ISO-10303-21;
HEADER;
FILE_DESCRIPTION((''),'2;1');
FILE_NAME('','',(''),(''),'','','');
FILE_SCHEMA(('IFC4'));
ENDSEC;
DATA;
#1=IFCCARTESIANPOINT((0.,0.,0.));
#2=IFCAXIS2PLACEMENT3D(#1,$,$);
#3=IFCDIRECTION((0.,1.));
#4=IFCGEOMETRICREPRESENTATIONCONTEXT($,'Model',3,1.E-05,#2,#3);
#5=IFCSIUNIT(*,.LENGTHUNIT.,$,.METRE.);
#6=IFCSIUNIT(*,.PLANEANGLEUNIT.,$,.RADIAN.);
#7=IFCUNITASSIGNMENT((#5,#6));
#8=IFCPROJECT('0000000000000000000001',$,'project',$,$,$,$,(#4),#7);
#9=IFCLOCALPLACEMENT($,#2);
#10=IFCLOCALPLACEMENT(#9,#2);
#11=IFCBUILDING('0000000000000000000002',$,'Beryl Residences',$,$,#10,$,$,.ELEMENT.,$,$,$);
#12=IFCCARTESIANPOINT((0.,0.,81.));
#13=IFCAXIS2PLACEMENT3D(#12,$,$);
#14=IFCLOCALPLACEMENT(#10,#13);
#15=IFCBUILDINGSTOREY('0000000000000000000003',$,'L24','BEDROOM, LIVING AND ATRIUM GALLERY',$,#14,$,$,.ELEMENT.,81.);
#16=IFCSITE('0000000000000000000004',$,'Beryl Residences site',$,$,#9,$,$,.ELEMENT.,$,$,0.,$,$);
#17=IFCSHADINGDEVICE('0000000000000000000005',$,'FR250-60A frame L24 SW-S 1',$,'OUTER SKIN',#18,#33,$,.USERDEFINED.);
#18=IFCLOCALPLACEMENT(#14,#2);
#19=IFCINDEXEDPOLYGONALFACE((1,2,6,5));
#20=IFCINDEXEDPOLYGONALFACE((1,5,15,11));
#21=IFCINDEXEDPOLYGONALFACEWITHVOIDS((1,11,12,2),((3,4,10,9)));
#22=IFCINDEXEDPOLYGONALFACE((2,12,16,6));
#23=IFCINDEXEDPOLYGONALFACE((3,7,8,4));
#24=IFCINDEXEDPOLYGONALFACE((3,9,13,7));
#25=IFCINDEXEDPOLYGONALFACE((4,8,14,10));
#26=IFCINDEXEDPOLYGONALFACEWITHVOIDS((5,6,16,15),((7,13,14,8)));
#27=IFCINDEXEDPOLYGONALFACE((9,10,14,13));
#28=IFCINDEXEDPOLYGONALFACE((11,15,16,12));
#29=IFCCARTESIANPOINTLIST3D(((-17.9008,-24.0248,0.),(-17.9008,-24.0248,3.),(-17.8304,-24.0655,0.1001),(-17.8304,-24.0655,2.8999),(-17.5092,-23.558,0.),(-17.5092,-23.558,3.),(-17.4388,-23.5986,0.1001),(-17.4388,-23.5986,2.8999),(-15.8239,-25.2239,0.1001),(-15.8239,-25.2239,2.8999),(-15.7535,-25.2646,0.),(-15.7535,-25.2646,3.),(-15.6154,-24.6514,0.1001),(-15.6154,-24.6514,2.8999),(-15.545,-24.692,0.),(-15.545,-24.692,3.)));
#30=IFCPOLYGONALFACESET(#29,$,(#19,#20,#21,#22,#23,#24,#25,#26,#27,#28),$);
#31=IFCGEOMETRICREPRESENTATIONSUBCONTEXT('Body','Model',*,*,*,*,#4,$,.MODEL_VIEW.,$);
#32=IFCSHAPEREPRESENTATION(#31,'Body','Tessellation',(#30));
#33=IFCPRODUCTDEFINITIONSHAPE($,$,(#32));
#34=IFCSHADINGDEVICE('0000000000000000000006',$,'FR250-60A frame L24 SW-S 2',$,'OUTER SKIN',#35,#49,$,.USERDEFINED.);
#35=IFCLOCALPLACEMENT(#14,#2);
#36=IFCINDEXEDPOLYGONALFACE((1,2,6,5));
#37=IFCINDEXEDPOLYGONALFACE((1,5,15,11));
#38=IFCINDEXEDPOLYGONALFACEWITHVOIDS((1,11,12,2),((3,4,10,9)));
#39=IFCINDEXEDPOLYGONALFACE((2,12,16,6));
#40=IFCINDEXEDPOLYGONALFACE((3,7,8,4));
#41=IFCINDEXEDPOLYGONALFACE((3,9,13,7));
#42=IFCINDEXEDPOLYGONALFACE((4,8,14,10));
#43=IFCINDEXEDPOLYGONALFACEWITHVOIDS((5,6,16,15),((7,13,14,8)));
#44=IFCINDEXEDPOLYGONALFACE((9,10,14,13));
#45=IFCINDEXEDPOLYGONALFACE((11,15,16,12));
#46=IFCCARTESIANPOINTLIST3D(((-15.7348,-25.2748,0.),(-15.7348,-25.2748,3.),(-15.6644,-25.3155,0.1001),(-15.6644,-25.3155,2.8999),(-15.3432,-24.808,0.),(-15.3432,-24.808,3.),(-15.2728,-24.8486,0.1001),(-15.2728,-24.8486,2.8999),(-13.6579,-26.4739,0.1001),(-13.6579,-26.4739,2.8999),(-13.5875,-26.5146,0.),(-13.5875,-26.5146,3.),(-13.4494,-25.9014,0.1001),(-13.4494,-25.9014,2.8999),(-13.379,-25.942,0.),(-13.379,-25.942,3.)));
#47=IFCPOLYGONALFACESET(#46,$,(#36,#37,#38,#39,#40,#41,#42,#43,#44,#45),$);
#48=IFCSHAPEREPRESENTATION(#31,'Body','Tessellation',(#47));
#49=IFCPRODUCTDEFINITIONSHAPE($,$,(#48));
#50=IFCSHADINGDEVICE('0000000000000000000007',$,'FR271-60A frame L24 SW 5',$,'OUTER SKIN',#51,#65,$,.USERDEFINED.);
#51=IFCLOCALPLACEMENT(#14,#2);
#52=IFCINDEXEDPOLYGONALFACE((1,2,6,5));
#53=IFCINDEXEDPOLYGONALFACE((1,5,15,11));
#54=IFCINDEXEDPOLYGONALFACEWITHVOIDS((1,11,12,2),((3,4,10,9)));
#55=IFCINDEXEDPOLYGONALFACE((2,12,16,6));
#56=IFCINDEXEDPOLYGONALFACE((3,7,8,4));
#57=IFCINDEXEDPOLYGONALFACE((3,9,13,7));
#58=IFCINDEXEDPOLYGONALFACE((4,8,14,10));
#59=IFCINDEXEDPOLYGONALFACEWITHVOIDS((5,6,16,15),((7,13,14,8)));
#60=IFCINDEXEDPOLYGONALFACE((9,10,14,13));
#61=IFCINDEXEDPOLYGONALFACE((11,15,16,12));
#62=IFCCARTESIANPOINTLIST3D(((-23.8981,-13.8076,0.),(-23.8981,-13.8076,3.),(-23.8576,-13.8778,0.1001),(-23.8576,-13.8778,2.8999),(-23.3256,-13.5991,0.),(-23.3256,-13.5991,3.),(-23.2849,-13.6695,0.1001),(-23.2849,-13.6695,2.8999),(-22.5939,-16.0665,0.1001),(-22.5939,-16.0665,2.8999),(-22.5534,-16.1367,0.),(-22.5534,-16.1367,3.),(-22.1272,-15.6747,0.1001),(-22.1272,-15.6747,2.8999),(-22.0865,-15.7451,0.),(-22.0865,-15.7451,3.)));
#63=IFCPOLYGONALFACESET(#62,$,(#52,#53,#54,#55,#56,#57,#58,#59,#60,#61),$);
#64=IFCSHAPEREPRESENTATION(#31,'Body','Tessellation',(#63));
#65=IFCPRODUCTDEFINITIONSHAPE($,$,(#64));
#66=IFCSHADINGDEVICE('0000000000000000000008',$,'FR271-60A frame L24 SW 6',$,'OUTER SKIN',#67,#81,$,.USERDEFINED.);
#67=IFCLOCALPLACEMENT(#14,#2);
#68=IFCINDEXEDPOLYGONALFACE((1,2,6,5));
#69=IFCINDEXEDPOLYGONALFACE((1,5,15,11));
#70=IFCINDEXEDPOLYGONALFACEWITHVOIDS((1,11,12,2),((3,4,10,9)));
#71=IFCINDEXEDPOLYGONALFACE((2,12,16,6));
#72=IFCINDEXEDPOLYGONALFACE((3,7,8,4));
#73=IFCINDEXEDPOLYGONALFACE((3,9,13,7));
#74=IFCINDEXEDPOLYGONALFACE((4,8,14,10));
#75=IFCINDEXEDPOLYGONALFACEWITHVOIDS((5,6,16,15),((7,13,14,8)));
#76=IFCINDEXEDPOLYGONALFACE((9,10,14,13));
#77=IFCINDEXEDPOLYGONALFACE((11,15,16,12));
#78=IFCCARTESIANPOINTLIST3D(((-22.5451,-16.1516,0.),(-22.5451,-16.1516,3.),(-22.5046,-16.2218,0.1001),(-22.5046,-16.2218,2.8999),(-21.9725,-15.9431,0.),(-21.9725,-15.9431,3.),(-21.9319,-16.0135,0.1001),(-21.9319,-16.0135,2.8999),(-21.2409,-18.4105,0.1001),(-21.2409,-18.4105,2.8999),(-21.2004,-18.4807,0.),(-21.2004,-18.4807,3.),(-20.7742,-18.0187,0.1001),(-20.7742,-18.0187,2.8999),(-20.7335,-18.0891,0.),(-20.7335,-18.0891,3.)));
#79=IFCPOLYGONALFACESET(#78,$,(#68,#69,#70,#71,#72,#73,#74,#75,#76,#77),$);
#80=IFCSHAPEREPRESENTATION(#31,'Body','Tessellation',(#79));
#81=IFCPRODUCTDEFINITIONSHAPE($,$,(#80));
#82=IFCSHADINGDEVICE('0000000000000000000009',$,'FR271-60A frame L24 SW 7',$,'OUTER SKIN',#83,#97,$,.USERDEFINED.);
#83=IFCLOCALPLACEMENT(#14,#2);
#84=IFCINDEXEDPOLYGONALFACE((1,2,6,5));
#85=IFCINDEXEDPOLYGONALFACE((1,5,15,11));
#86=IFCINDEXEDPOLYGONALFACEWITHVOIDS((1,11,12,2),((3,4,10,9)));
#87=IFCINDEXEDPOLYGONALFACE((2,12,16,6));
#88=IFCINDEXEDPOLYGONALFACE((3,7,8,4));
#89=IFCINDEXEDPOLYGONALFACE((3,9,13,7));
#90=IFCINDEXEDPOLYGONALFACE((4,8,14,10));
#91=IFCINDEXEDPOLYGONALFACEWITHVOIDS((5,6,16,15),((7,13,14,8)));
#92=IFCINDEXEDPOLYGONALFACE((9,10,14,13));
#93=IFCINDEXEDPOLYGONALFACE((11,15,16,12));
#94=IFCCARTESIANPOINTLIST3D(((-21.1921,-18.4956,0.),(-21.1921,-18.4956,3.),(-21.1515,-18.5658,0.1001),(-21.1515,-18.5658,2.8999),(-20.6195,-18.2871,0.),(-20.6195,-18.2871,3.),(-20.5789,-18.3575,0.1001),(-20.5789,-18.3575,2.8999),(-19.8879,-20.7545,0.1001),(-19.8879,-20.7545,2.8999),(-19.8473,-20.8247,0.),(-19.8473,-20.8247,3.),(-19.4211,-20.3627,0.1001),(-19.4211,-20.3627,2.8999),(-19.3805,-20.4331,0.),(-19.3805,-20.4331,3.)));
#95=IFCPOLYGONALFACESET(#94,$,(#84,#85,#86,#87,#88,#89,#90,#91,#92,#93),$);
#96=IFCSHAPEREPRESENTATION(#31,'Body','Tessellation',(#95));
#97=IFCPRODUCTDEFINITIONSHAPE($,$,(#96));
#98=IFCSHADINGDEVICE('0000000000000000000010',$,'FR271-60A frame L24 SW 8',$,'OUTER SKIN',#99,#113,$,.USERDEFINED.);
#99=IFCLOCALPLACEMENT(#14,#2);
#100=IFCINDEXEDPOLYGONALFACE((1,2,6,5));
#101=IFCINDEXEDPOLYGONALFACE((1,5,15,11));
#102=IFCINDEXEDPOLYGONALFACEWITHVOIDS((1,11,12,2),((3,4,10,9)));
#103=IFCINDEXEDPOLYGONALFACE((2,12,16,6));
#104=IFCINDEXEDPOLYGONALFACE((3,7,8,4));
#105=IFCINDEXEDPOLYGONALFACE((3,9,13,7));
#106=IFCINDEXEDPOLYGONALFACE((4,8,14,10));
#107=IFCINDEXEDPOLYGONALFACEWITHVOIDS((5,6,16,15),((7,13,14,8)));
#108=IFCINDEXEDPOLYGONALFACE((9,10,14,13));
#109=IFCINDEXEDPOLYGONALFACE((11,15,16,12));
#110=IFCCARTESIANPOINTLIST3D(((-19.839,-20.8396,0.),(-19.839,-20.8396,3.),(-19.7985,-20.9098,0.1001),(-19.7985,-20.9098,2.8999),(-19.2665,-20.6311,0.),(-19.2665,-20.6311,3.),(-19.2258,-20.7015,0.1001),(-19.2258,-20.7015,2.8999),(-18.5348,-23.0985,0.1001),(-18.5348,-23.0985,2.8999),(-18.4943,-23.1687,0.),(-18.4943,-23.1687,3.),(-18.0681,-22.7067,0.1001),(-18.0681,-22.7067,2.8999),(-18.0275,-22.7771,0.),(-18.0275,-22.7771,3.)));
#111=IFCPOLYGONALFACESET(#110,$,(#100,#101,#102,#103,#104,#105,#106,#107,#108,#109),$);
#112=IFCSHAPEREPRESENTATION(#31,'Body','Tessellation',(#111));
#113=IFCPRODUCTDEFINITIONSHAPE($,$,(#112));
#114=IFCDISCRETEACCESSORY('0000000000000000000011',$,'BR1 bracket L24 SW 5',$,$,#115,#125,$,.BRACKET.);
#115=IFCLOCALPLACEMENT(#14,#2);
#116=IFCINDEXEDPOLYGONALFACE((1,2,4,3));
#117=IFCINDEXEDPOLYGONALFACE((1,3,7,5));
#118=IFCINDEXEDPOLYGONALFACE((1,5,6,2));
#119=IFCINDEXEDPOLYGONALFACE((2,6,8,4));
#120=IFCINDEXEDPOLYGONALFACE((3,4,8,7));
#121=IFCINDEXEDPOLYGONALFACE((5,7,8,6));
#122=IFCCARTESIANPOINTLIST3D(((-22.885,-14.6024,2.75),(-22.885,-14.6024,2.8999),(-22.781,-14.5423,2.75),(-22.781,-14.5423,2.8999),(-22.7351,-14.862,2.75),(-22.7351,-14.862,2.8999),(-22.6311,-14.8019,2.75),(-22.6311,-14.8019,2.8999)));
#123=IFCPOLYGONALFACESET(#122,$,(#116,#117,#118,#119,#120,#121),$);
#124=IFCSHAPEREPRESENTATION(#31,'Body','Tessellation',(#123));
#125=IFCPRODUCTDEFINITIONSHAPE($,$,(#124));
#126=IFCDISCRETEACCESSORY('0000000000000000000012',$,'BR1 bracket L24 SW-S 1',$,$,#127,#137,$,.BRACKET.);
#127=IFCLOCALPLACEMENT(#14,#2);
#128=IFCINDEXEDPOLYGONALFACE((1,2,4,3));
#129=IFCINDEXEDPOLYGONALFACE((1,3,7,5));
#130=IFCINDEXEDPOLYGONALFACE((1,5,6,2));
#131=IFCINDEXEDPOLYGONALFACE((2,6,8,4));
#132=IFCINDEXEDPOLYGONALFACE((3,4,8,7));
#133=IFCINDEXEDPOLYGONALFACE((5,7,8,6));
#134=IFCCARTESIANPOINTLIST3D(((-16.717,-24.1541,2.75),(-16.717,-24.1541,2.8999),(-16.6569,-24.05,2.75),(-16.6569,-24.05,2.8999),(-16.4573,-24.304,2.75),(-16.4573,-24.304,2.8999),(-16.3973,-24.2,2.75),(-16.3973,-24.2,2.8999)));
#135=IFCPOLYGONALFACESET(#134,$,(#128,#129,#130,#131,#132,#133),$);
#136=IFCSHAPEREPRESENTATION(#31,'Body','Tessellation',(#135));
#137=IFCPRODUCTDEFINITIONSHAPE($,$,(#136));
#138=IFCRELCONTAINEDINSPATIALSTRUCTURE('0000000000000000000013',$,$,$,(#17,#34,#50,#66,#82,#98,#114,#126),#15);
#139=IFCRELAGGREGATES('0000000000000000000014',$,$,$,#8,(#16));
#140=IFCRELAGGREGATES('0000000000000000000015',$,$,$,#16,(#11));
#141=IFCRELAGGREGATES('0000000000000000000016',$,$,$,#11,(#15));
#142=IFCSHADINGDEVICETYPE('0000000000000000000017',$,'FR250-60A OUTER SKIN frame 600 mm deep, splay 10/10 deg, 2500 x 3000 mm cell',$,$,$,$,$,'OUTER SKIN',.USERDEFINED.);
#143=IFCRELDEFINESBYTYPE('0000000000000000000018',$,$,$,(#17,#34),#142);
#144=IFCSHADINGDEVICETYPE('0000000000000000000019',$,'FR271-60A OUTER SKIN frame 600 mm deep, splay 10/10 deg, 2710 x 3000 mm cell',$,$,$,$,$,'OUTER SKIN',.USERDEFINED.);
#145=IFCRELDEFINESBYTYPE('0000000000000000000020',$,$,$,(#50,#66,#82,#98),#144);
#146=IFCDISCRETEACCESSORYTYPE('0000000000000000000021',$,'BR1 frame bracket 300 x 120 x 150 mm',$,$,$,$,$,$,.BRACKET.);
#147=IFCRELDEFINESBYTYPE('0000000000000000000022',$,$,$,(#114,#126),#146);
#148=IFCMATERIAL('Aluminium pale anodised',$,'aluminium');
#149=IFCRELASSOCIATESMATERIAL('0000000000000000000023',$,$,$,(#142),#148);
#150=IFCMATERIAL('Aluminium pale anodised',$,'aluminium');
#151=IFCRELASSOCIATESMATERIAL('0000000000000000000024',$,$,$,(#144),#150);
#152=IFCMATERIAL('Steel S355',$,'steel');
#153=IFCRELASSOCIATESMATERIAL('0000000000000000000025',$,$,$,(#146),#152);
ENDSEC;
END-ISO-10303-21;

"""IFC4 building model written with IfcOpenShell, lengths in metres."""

from ifc_helpers import new_model, entity, si_unit, direction, frame, origin, place, context, subcontext, project, spatial, polyline, outline, extrude, source, transform, mapped, material, type_object, type_shapes, element, save


model = new_model("IFC4")

# Units and contexts
model_context = context("Model", 3, precision=1e-05, world=origin(), true_north=direction((0.0, 1.0)))
body_context = subcontext(model_context, "Body", "Model", "MODEL_VIEW")
ifc_project = project(units=[si_unit("LENGTHUNIT", "METRE"), si_unit("PLANEANGLEUNIT", "RADIAN")], contexts=[model_context])

# Site, building, storey
site_placement = place(None, origin())
site = spatial("IfcSite", under=ifc_project, at=site_placement, Name="Beryl Residences site", CompositionType="ELEMENT", RefElevation=0.0)
building_placement = place(site_placement, origin())
building = spatial("IfcBuilding", under=site, at=building_placement, Name="Beryl Residences", CompositionType="ELEMENT")
storey_placement = place(building_placement, frame((0.0, 0.0, 81.0)))
storey = spatial("IfcBuildingStorey", under=building, at=storey_placement, Name="L24", Description="BEDROOM, LIVING AND ATRIUM GALLERY", CompositionType="ELEMENT", Elevation=81.0)

# Shading devices
ifc_material_1 = material(Name="Aluminium pale anodised", Category="aluminium")
shading_device_type_1 = type_object("IfcShadingDeviceType", Name="FR250-60A OUTER SKIN frame 600 mm deep, splay 10/10 deg, 2500 x 3000 mm cell", ElementType="OUTER SKIN", PredefinedType="USERDEFINED", material=ifc_material_1)
cartesian_point_1 = entity("IfcCartesianPoint", [-1.134, 0.0])
cartesian_point_2 = entity("IfcCartesianPoint", [-1.0527, 0.1001])
cartesian_point_3 = entity("IfcCartesianPoint", [-1.2397, 0.0])
cartesian_point_4 = entity("IfcCartesianPoint", [-1.1584, 0.1001])
shared_shape_1 = source(origin(), body_context, "Body", "SweptSolid", [
    entity("IfcExtrudedAreaSolidTapered", entity("IfcArbitraryProfileDefWithVoids", "AREA", None, entity("IfcPolyline", [cartesian_point_1, entity("IfcCartesianPoint", [1.134, 0.0]), entity("IfcCartesianPoint", [1.134, 3.0]), entity("IfcCartesianPoint", [-1.134, 3.0]), cartesian_point_1]), [entity("IfcPolyline", [cartesian_point_2, entity("IfcCartesianPoint", [1.0527, 0.1001]), entity("IfcCartesianPoint", [1.0527, 2.8999]), entity("IfcCartesianPoint", [-1.0527, 2.8999]), cartesian_point_2])]), entity("IfcAxis2Placement3D", entity("IfcCartesianPoint", [0.0, 0.0, 0.0]), entity("IfcDirection", [0.0, 1.0, 0.0]), entity("IfcDirection", [-1.0, 0.0, 0.0])), entity("IfcDirection", [0.0, 0.0, 1.0]), 0.6001, entity("IfcArbitraryProfileDefWithVoids", "AREA", None, entity("IfcPolyline", [cartesian_point_3, entity("IfcCartesianPoint", [1.2397, 0.0]), entity("IfcCartesianPoint", [1.2397, 3.0]), entity("IfcCartesianPoint", [-1.2397, 3.0]), cartesian_point_3]), [entity("IfcPolyline", [cartesian_point_4, entity("IfcCartesianPoint", [1.1584, 0.1001]), entity("IfcCartesianPoint", [1.1584, 2.8999]), entity("IfcCartesianPoint", [-1.1584, 2.8999]), cartesian_point_4])])),
])
type_shapes(shading_device_type_1, [shared_shape_1])
for number, where, z_axis, x_axis, name in (
    (1, (-16.5271, -24.125, 0.0), (0.0, 0.0, 1.0), (-0.866025, 0.5, 0.0), "FR250-60A frame L24 SW-S 1"),
    (2, (-14.3611, -25.375, 0.0), (0.0, 0.0, 1.0), (-0.866025, 0.5, 0.0), "FR250-60A frame L24 SW-S 2"),
):
    element("IfcShadingDevice", number, at=place(storey_placement, frame(where, z_axis=z_axis, x_axis=x_axis)), inside=storey, type_object=shading_device_type_1, Name=name, ObjectType="OUTER SKIN", PredefinedType="USERDEFINED", context=body_context, shape_type="MappedRepresentation", body=[
        mapped(shared_shape_1, transform((0.0, 0.0, 0.0))),
    ])
ifc_material_2 = material(Name="Aluminium pale anodised", Category="aluminium")
shading_device_type_2 = type_object("IfcShadingDeviceType", Name="FR271-60A OUTER SKIN frame 600 mm deep, splay 10/10 deg, 2710 x 3000 mm cell", ElementType="OUTER SKIN", PredefinedType="USERDEFINED", material=ifc_material_2)
cartesian_point_5 = entity("IfcCartesianPoint", [-1.239, 0.0])
cartesian_point_6 = entity("IfcCartesianPoint", [-1.1577, 0.1001])
cartesian_point_7 = entity("IfcCartesianPoint", [-1.3447, 0.0])
cartesian_point_8 = entity("IfcCartesianPoint", [-1.2637, 0.1001])
shared_shape_2 = source(origin(), body_context, "Body", "SweptSolid", [
    entity("IfcExtrudedAreaSolidTapered", entity("IfcArbitraryProfileDefWithVoids", "AREA", None, entity("IfcPolyline", [cartesian_point_5, entity("IfcCartesianPoint", [1.239, 0.0]), entity("IfcCartesianPoint", [1.239, 3.0]), entity("IfcCartesianPoint", [-1.239, 3.0]), cartesian_point_5]), [entity("IfcPolyline", [cartesian_point_6, entity("IfcCartesianPoint", [1.1577, 0.1001]), entity("IfcCartesianPoint", [1.1577, 2.8999]), entity("IfcCartesianPoint", [-1.1577, 2.8999]), cartesian_point_6])]), entity("IfcAxis2Placement3D", entity("IfcCartesianPoint", [0.0, 0.0, 0.0]), entity("IfcDirection", [0.0, 1.0, 0.0]), entity("IfcDirection", [-1.0, 0.0, 0.0])), entity("IfcDirection", [0.0, 0.0, 1.0]), 0.6001, entity("IfcArbitraryProfileDefWithVoids", "AREA", None, entity("IfcPolyline", [cartesian_point_7, entity("IfcCartesianPoint", [1.3447, 0.0]), entity("IfcCartesianPoint", [1.3447, 3.0]), entity("IfcCartesianPoint", [-1.3447, 3.0]), cartesian_point_7]), [entity("IfcPolyline", [cartesian_point_8, entity("IfcCartesianPoint", [1.2637, 0.1001]), entity("IfcCartesianPoint", [1.2637, 2.8999]), entity("IfcCartesianPoint", [-1.2637, 2.8999]), cartesian_point_8])])),
])
type_shapes(shading_device_type_2, [shared_shape_2])
for number, where, z_axis, x_axis, name in (
    (3, (-22.7061, -14.6721, 0.0), (0.0, 0.0, 1.0), (-0.5, 0.866025, 0.0), "FR271-60A frame L24 SW 5"),
    (4, (-21.353, -17.0161, 0.0), (0.0, 0.0, 1.0), (-0.5, 0.866025, 0.0), "FR271-60A frame L24 SW 6"),
    (5, (-20.0, -19.3601, 0.0), (0.0, 0.0, 1.0), (-0.5, 0.866025, 0.0), "FR271-60A frame L24 SW 7"),
    (6, (-18.647, -21.7041, 0.0), (0.0, 0.0, 1.0), (-0.5, 0.866025, 0.0), "FR271-60A frame L24 SW 8"),
):
    element("IfcShadingDevice", number, at=place(storey_placement, frame(where, z_axis=z_axis, x_axis=x_axis)), inside=storey, type_object=shading_device_type_2, Name=name, ObjectType="OUTER SKIN", PredefinedType="USERDEFINED", context=body_context, shape_type="MappedRepresentation", body=[
        mapped(shared_shape_2, transform((0.0, 0.0, 0.0))),
    ])

# Discrete accessories
ifc_material_3 = material(Name="Steel S355", Category="steel")
discrete_accessory_type = type_object("IfcDiscreteAccessoryType", Name="BR1 frame bracket 300 x 120 x 150 mm", PredefinedType="BRACKET", material=ifc_material_3)
shared_shape_3 = source(origin(), body_context, "Body", "SweptSolid", [
    extrude(outline(polyline([(-0.1499, 0.0), (0.1499, 0.0), (0.1499, 0.1201), (-0.1499, 0.1201), (-0.1499, 0.0)])), origin(), (0.0, 0.0, 1.0), 0.1499),
])
type_shapes(discrete_accessory_type, [shared_shape_3])
for number, where, z_axis, x_axis, name in (
    (7, (-22.7061, -14.6721, 2.75), (0.0, 0.0, 1.0), (-0.5, 0.866025, 0.0), "BR1 bracket L24 SW 5"),
    (8, (-16.5271, -24.125, 2.75), (0.0, 0.0, 1.0), (-0.866025, 0.5, 0.0), "BR1 bracket L24 SW-S 1"),
):
    element("IfcDiscreteAccessory", number, at=place(storey_placement, frame(where, z_axis=z_axis, x_axis=x_axis)), inside=storey, type_object=discrete_accessory_type, Name=name, PredefinedType="BRACKET", context=body_context, shape_type="MappedRepresentation", body=[
        mapped(shared_shape_3, transform((0.0, 0.0, 0.0))),
    ])

save(model, "model.ifc")
